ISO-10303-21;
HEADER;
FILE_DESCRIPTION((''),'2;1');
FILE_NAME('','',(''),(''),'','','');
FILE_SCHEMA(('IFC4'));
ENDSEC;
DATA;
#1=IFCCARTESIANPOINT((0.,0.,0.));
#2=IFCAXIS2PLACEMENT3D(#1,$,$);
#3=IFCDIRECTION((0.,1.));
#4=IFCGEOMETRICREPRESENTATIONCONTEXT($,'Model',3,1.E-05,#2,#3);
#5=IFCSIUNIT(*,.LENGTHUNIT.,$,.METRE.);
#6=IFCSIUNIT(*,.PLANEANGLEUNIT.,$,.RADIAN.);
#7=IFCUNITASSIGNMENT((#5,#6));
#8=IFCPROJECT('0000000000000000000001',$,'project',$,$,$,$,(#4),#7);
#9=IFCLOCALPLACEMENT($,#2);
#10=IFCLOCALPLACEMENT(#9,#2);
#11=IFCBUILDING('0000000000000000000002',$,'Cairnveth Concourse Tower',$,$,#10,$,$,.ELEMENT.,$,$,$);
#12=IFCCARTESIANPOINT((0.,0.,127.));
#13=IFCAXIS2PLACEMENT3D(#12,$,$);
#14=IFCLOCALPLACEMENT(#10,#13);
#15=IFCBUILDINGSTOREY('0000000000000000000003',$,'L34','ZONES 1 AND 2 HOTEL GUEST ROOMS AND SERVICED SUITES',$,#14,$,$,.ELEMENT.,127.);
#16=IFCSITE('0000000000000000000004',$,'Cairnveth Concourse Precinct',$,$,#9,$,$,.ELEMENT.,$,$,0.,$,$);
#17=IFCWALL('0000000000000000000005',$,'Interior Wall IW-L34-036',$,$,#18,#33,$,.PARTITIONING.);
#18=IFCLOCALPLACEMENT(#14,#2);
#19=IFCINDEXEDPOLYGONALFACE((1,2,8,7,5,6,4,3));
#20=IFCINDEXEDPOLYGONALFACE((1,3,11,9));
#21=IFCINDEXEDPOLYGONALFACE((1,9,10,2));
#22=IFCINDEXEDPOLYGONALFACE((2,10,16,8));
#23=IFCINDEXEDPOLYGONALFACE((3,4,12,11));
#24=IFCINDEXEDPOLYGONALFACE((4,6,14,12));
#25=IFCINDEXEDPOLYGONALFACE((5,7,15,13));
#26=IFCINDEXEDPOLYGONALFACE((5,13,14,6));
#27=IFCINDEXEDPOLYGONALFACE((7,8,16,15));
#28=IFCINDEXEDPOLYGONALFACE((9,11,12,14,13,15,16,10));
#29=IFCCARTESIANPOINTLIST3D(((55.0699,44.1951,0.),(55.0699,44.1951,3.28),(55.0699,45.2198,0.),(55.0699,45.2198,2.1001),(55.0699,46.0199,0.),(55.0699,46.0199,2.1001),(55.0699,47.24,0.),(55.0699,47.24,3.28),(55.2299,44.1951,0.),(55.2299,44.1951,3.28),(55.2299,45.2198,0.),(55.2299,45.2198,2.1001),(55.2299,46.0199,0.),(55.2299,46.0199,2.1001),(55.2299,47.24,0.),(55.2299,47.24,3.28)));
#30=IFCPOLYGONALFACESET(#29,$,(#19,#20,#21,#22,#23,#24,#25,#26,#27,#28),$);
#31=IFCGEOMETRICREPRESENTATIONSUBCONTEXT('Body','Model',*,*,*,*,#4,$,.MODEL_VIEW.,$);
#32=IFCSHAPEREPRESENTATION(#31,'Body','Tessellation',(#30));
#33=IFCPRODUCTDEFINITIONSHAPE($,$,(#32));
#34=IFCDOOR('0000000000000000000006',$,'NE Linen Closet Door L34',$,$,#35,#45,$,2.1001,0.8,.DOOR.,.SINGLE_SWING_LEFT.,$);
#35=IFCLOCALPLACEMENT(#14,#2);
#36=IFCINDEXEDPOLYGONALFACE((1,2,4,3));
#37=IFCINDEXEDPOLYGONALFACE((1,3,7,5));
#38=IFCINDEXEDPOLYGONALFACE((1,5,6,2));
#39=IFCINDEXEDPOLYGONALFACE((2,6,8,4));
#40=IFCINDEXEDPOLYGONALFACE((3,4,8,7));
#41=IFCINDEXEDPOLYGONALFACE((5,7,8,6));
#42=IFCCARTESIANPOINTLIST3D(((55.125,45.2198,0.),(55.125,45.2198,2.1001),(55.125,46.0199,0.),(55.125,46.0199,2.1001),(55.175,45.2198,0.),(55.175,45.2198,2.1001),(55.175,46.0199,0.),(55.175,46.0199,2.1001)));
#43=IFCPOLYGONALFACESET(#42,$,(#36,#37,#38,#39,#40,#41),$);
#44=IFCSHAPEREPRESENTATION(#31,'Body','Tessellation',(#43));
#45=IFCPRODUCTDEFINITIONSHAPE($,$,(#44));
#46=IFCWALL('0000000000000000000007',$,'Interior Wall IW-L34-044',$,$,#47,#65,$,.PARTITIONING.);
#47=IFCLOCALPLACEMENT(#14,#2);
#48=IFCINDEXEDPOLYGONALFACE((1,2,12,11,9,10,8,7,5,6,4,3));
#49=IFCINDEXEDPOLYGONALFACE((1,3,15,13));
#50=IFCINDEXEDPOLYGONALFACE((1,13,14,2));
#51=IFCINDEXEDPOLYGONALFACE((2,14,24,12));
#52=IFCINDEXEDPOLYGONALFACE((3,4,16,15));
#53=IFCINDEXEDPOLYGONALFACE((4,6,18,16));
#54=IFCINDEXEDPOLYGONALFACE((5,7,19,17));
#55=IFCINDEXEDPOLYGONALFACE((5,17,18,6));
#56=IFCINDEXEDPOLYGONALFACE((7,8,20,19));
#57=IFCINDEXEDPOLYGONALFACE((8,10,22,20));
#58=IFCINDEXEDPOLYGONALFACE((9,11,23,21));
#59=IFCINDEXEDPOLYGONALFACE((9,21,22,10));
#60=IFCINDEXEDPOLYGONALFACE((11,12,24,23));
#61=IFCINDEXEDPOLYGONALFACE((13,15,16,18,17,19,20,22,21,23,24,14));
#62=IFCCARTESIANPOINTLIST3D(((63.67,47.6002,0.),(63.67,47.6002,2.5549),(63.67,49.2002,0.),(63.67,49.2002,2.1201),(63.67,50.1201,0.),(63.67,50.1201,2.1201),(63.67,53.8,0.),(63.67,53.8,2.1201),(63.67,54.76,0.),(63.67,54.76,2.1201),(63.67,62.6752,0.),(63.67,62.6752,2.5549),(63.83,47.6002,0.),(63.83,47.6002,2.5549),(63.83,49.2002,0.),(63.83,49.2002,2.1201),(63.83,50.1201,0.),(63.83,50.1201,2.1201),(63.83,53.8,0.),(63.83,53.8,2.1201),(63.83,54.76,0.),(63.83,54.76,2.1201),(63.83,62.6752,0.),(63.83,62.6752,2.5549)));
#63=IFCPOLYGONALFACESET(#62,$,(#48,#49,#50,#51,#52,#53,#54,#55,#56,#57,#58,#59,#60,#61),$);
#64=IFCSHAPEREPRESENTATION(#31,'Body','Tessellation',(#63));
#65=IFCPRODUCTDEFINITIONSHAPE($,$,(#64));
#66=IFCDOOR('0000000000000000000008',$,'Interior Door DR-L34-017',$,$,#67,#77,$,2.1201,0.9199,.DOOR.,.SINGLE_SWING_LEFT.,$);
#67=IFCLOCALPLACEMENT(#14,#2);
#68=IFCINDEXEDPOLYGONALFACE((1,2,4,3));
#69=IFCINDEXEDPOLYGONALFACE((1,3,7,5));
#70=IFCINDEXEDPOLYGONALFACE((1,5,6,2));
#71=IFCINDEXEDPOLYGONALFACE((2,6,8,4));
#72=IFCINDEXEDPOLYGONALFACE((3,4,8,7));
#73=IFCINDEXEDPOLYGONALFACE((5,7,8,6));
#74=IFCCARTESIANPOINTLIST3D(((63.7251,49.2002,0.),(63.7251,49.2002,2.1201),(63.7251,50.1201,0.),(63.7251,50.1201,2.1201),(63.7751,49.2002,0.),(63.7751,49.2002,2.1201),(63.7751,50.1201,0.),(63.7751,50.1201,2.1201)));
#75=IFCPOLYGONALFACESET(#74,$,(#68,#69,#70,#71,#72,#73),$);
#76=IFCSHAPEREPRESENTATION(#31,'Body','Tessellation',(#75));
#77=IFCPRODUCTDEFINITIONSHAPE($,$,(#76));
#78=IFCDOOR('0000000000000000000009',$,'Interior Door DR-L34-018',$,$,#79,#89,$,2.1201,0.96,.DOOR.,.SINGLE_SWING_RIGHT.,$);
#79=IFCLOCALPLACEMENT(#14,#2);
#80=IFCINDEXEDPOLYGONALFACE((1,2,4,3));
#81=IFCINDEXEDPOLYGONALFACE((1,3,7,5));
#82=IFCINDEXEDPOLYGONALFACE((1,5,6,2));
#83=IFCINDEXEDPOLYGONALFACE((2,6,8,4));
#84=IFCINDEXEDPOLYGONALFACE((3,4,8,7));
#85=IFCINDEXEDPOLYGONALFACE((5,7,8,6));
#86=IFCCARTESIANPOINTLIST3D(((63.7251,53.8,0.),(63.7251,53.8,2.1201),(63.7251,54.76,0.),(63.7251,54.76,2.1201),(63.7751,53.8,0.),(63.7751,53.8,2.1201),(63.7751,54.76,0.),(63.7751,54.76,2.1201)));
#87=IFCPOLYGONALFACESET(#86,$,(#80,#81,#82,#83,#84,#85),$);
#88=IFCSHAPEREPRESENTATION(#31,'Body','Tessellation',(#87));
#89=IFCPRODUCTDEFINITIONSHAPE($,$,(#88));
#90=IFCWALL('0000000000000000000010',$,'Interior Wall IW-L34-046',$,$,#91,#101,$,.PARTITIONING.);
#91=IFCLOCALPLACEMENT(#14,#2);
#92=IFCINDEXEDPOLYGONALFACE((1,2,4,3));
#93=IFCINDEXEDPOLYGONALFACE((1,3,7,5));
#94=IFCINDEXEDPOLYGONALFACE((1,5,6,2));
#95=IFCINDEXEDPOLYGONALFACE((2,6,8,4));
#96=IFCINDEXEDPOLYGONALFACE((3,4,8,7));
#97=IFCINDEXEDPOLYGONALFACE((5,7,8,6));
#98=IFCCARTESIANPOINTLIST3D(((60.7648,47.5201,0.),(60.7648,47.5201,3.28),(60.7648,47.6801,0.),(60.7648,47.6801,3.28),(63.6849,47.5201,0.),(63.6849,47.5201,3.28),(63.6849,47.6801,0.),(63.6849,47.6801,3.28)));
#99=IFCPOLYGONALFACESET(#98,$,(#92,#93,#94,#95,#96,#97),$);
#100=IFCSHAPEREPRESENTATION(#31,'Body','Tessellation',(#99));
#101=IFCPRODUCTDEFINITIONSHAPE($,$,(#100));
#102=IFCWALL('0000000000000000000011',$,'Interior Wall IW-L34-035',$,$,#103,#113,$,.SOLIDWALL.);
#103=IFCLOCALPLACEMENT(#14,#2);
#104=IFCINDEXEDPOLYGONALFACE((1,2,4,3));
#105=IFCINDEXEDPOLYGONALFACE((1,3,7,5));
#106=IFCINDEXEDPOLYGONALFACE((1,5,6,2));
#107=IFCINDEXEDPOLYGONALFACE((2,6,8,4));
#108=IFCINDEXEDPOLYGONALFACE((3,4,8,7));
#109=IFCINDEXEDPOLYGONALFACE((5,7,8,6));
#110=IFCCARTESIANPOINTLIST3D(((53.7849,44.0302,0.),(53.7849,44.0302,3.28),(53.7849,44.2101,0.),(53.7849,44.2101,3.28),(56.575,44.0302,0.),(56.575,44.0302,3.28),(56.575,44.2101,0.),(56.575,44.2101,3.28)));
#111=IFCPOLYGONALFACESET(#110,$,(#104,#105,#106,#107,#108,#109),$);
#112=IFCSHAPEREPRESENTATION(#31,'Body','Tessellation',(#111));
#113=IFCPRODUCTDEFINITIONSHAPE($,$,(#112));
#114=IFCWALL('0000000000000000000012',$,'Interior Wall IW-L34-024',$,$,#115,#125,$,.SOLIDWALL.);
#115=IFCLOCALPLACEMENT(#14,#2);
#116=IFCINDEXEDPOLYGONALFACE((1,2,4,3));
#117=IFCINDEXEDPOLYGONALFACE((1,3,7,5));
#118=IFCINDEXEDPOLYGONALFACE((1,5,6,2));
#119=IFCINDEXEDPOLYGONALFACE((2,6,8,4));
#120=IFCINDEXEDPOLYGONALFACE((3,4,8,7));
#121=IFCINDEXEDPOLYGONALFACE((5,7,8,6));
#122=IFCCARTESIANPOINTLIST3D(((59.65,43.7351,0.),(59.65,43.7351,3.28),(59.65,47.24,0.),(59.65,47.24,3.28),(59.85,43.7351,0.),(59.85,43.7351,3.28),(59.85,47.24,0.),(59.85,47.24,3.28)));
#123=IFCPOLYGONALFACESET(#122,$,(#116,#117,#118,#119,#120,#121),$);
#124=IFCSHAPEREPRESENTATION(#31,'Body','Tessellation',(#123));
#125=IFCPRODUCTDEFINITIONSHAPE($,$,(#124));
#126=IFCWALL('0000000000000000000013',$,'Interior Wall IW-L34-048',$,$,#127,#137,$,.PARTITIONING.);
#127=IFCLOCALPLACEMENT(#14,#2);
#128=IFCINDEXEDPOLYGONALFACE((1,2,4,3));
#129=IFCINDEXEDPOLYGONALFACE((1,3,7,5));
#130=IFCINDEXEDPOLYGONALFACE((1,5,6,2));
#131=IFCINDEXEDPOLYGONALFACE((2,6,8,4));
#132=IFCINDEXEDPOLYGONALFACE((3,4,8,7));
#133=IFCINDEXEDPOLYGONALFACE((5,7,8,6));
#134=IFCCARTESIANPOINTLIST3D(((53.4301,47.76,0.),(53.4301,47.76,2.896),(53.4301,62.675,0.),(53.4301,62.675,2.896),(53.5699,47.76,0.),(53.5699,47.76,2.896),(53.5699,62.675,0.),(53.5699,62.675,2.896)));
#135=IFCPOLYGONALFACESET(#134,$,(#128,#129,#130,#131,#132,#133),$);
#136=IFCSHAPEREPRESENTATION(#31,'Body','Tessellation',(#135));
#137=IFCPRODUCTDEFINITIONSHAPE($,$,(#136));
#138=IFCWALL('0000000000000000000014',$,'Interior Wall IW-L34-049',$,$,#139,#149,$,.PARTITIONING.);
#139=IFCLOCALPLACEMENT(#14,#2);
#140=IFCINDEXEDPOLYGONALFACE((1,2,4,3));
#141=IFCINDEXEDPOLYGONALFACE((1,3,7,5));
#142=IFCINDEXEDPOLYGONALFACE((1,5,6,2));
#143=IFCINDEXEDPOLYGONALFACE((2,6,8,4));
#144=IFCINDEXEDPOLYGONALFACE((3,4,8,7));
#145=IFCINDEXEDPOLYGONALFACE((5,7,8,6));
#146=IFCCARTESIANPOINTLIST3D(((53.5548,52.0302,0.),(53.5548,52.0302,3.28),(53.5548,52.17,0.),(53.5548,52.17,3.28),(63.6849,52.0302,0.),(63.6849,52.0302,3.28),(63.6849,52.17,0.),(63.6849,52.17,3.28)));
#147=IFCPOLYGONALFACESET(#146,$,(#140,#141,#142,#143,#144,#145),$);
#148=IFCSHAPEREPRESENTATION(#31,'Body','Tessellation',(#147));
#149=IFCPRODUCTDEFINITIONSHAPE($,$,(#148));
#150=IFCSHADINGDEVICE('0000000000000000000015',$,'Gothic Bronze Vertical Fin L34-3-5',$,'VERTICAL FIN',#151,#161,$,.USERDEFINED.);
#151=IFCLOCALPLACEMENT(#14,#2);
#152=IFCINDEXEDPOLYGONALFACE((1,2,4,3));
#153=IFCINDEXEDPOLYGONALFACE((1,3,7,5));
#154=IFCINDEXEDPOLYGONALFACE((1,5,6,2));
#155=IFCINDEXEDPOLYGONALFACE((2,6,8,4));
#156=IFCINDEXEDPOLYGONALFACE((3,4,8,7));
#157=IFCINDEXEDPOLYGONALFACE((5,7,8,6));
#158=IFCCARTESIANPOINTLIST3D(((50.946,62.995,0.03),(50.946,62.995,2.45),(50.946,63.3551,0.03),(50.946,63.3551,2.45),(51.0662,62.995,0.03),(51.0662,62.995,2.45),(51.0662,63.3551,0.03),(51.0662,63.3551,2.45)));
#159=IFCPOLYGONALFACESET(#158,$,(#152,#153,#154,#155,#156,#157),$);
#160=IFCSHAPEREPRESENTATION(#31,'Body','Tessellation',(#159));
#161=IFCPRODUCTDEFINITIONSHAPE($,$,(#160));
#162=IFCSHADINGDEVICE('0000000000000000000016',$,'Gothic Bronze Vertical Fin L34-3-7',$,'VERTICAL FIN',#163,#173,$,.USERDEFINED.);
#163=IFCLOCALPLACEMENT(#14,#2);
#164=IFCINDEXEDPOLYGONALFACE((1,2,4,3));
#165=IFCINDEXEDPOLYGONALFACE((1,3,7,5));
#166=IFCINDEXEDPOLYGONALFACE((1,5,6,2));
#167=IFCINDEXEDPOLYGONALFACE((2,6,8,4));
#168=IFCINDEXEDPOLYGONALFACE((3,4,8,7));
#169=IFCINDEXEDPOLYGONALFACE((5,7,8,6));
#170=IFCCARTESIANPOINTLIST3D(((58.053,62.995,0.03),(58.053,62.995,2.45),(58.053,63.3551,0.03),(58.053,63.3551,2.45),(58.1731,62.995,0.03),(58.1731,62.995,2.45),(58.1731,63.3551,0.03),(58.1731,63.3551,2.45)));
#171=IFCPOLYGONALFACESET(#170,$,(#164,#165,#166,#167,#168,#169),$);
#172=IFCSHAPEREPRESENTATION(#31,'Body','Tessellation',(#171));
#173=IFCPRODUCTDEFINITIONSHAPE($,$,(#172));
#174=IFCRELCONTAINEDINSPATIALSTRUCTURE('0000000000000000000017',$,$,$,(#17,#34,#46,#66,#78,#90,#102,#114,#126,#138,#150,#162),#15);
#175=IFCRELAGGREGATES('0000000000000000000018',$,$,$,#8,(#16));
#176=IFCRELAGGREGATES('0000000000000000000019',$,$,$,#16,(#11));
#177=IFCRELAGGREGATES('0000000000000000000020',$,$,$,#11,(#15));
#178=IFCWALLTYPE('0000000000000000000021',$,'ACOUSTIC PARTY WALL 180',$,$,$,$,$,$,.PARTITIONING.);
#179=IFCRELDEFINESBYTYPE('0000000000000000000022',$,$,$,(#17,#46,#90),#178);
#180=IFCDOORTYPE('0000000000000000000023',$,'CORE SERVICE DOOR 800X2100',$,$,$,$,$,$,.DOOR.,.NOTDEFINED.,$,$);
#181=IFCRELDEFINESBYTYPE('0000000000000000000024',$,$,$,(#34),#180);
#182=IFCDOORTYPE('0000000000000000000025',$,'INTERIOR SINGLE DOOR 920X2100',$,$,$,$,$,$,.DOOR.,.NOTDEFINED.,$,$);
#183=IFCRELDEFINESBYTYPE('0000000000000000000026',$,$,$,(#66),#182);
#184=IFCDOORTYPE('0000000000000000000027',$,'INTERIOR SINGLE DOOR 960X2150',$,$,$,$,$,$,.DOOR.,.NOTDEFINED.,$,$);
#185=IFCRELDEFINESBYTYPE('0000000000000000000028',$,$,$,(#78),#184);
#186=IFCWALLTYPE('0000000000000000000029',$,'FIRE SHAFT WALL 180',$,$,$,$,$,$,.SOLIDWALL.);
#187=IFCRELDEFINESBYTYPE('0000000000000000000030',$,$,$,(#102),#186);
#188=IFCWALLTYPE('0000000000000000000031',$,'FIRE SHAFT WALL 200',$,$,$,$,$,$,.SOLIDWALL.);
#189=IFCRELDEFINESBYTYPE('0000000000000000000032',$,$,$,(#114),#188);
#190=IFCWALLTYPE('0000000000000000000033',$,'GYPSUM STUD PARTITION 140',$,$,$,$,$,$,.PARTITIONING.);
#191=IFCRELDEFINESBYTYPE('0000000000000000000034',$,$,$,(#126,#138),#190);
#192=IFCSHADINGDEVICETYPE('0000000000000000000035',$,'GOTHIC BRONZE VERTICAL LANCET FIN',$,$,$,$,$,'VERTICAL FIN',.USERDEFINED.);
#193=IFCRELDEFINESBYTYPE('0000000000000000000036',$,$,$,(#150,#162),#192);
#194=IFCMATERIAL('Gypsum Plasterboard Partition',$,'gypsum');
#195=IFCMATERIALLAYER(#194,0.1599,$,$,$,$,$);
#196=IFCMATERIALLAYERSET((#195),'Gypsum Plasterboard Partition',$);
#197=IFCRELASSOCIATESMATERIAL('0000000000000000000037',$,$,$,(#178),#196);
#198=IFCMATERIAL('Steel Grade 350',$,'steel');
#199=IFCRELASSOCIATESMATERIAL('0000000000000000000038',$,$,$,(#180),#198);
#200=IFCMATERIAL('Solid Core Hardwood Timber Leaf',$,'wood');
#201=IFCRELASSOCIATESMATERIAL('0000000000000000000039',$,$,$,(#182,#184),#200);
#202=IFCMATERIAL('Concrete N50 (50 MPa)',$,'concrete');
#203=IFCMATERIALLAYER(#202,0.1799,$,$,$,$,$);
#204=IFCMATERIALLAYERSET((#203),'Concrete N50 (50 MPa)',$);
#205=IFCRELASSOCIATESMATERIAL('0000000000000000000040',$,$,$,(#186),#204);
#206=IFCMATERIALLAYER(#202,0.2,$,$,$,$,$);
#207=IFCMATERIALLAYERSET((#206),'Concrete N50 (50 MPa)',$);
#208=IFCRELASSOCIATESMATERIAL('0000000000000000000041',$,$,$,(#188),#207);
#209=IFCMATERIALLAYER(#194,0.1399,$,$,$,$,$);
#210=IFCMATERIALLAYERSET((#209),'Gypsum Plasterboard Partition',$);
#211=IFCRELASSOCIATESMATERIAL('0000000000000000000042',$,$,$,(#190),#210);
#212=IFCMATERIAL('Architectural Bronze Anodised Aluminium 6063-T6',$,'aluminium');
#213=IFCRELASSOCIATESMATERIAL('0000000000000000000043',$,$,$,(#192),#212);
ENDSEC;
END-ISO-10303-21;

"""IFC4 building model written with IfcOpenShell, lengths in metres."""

from ifc_helpers import new_model, si_unit, direction, frame, frame_2d, origin, origin_2d, place, context, subcontext, project, spatial, rectangle, extrude, material, layer, layer_set, type_object, element, fill, save


model = new_model("IFC4")

# Units and contexts
model_context = context("Model", 3, precision=1e-05, world=origin(), true_north=direction((0.0, 1.0)))
body_context = subcontext(model_context, "Body", "Model", "MODEL_VIEW")
ifc_project = project(units=[si_unit("LENGTHUNIT", "METRE"), si_unit("PLANEANGLEUNIT", "RADIAN")], contexts=[model_context])

# Site, building, storey
site_placement = place(None, origin())
site = spatial("IfcSite", under=ifc_project, at=site_placement, Name="Cairnveth Concourse Precinct", CompositionType="ELEMENT", RefElevation=0.0)
building_placement = place(site_placement, origin())
building = spatial("IfcBuilding", under=site, at=building_placement, Name="Cairnveth Concourse Tower", CompositionType="ELEMENT")
storey_placement = place(building_placement, frame((0.0, 0.0, 127.0)))
storey = spatial("IfcBuildingStorey", under=building, at=storey_placement, Name="L34", Description="ZONES 1 AND 2 HOTEL GUEST ROOMS AND SERVICED SUITES", CompositionType="ELEMENT", Elevation=127.0)

# Shared definitions
ifc_material_1 = material(Name="Steel Grade 350", Category="steel")

# Wall, opening, door
ifc_material_2 = material(Name="Gypsum Plasterboard Partition", Category="gypsum")
ifc_layer_1 = layer(ifc_material_2, 0.1599)
ifc_layer_set_1 = layer_set([ifc_layer_1], Name="Gypsum Plasterboard Partition")
wall_type_1 = type_object("IfcWallType", Name="ACOUSTIC PARTY WALL 180", PredefinedType="PARTITIONING", material=ifc_layer_set_1)
wall_1_placement = place(storey_placement, frame((55.1499, 44.1951, 0.0), z_axis=(0.0, 0.0, 1.0), x_axis=(0.0, 1.0, 0.0)))
wall_1 = element("IfcWall", 1, at=wall_1_placement, inside=storey, type_object=wall_type_1, Name="Interior Wall IW-L34-036", PredefinedType="PARTITIONING", context=body_context, shape_type="SweptSolid", body=[
    extrude(rectangle(XDim=3.0449, YDim=0.1599, at=frame_2d((1.5225, 0.0))), origin(), (0.0, 0.0, 1.0), 3.28),
])
opening_1_placement = place(wall_1_placement, frame((1.0249, 0.0, 0.0)))
opening_1 = element("IfcOpeningElement", 2, at=opening_1_placement, cuts=wall_1, PredefinedType="OPENING", context=body_context, shape_type="SweptSolid", body=[
    extrude(rectangle(XDim=0.8, YDim=2.1001, at=frame_2d((0.3999, 1.05))), frame((0.0, 0.0898, 0.0), z_axis=(0.0, -1.0, 0.0), x_axis=(1.0, 0.0, 0.0)), (0.0, 0.0, 1.0), 0.1799),
])
door_type_1 = type_object("IfcDoorType", Name="CORE SERVICE DOOR 800X2100", OperationType="NOTDEFINED", PredefinedType="DOOR", material=ifc_material_1)
door_1_placement = place(opening_1_placement, origin())
door_1 = element("IfcDoor", 3, at=door_1_placement, inside=storey, type_object=door_type_1, Name="NE Linen Closet Door L34", OperationType="SINGLE_SWING_LEFT", OverallHeight=2.1001, OverallWidth=0.8, PredefinedType="DOOR", context=body_context, shape_type="SweptSolid", body=[
    extrude(rectangle(XDim=0.8, YDim=2.1001, at=frame_2d((0.3999, 1.05))), frame((0.0, 0.0249, 0.0), z_axis=(0.0, -1.0, 0.0), x_axis=(1.0, 0.0, 0.0)), (0.0, 0.0, 1.0), 0.05),
])
fill(opening_1, door_1)

# Wall, openings, doors
wall_2_placement = place(storey_placement, frame((63.75, 47.6001, 0.0), z_axis=(0.0, 0.0, 1.0), x_axis=(0.0, 1.0, 0.0)))
wall_2 = element("IfcWall", 4, at=wall_2_placement, inside=storey, type_object=wall_type_1, Name="Interior Wall IW-L34-044", PredefinedType="PARTITIONING", context=body_context, shape_type="SweptSolid", body=[
    extrude(rectangle(XDim=15.075, YDim=0.1599, at=frame_2d((7.5376, 0.0))), origin(), (0.0, 0.0, 1.0), 2.5549),
])
opening_2_placement = place(wall_2_placement, frame((1.6001, 0.0, 0.0)))
opening_2 = element("IfcOpeningElement", 5, at=opening_2_placement, cuts=wall_2, PredefinedType="OPENING", context=body_context, shape_type="SweptSolid", body=[
    extrude(rectangle(XDim=0.9199, YDim=2.1201, at=frame_2d((0.46, 1.0601))), frame((0.0, 0.0898, 0.0), z_axis=(0.0, -1.0, 0.0), x_axis=(1.0, 0.0, 0.0)), (0.0, 0.0, 1.0), 0.1799),
])
opening_3_placement = place(wall_2_placement, frame((6.2, 0.0, 0.0)))
opening_3 = element("IfcOpeningElement", 6, at=opening_3_placement, cuts=wall_2, PredefinedType="OPENING", context=body_context, shape_type="SweptSolid", body=[
    extrude(rectangle(XDim=0.96, YDim=2.1201, at=frame_2d((0.48, 1.0601))), frame((0.0, 0.0898, 0.0), z_axis=(0.0, -1.0, 0.0), x_axis=(1.0, 0.0, 0.0)), (0.0, 0.0, 1.0), 0.1799),
])
ifc_material_3 = material(Name="Solid Core Hardwood Timber Leaf", Category="wood")
door_type_2 = type_object("IfcDoorType", Name="INTERIOR SINGLE DOOR 920X2100", OperationType="NOTDEFINED", PredefinedType="DOOR", material=ifc_material_3)
door_2_placement = place(opening_2_placement, origin())
door_2 = element("IfcDoor", 7, at=door_2_placement, inside=storey, type_object=door_type_2, Name="Interior Door DR-L34-017", OperationType="SINGLE_SWING_LEFT", OverallHeight=2.1201, OverallWidth=0.9199, PredefinedType="DOOR", context=body_context, shape_type="SweptSolid", body=[
    extrude(rectangle(XDim=0.9199, YDim=2.1201, at=frame_2d((0.46, 1.0601))), frame((0.0, 0.0249, 0.0), z_axis=(0.0, -1.0, 0.0), x_axis=(1.0, 0.0, 0.0)), (0.0, 0.0, 1.0), 0.05),
])
fill(opening_2, door_2)
door_type_3 = type_object("IfcDoorType", Name="INTERIOR SINGLE DOOR 960X2150", OperationType="NOTDEFINED", PredefinedType="DOOR", material=ifc_material_3)
door_3_placement = place(opening_3_placement, origin())
door_3 = element("IfcDoor", 8, at=door_3_placement, inside=storey, type_object=door_type_3, Name="Interior Door DR-L34-018", OperationType="SINGLE_SWING_RIGHT", OverallHeight=2.1201, OverallWidth=0.96, PredefinedType="DOOR", context=body_context, shape_type="SweptSolid", body=[
    extrude(rectangle(XDim=0.96, YDim=2.1201, at=frame_2d((0.48, 1.0601))), frame((0.0, 0.0249, 0.0), z_axis=(0.0, -1.0, 0.0), x_axis=(1.0, 0.0, 0.0)), (0.0, 0.0, 1.0), 0.05),
])
fill(opening_3, door_3)

# Walls
wall_3_placement = place(storey_placement, frame((60.7649, 47.6001, 0.0), z_axis=(0.0, 0.0, 1.0), x_axis=(1.0, 0.0, 0.0)))
element("IfcWall", 9, at=wall_3_placement, inside=storey, type_object=wall_type_1, Name="Interior Wall IW-L34-046", PredefinedType="PARTITIONING", context=body_context, shape_type="SweptSolid", body=[
    extrude(rectangle(XDim=2.9202, YDim=0.1599, at=frame_2d((1.46, 0.0))), origin(), (0.0, 0.0, 1.0), 3.28),
])
ifc_material_4 = material(Name="Concrete N50 (50 MPa)", Category="concrete")
ifc_layer_2 = layer(ifc_material_4, 0.1799)
ifc_layer_set_2 = layer_set([ifc_layer_2], Name="Concrete N50 (50 MPa)")
wall_type_2 = type_object("IfcWallType", Name="FIRE SHAFT WALL 180", PredefinedType="SOLIDWALL", material=ifc_layer_set_2)
wall_4_placement = place(storey_placement, frame((53.7849, 44.1201, 0.0), z_axis=(0.0, 0.0, 1.0), x_axis=(1.0, 0.0, 0.0)))
element("IfcWall", 10, at=wall_4_placement, inside=storey, type_object=wall_type_2, Name="Interior Wall IW-L34-035", PredefinedType="SOLIDWALL", context=body_context, shape_type="SweptSolid", body=[
    extrude(rectangle(XDim=2.79, YDim=0.1799, at=frame_2d((1.395, 0.0))), origin(), (0.0, 0.0, 1.0), 3.28),
])
ifc_layer_3 = layer(ifc_material_4, 0.2)
ifc_layer_set_3 = layer_set([ifc_layer_3], Name="Concrete N50 (50 MPa)")
wall_type_3 = type_object("IfcWallType", Name="FIRE SHAFT WALL 200", PredefinedType="SOLIDWALL", material=ifc_layer_set_3)
wall_5_placement = place(storey_placement, frame((59.75, 43.7351, 0.0), z_axis=(0.0, 0.0, 1.0), x_axis=(0.0, 1.0, 0.0)))
element("IfcWall", 11, at=wall_5_placement, inside=storey, type_object=wall_type_3, Name="Interior Wall IW-L34-024", PredefinedType="SOLIDWALL", context=body_context, shape_type="SweptSolid", body=[
    extrude(rectangle(XDim=3.5049, YDim=0.2, at=frame_2d((1.7524, 0.0))), origin(), (0.0, 0.0, 1.0), 3.28),
])
ifc_layer_4 = layer(ifc_material_2, 0.1399)
ifc_layer_set_4 = layer_set([ifc_layer_4], Name="Gypsum Plasterboard Partition")
wall_type_4 = type_object("IfcWallType", Name="GYPSUM STUD PARTITION 140", PredefinedType="PARTITIONING", material=ifc_layer_set_4)
wall_6_placement = place(storey_placement, frame((53.5, 47.76, 0.0), z_axis=(0.0, 0.0, 1.0), x_axis=(0.0, 1.0, 0.0)))
element("IfcWall", 12, at=wall_6_placement, inside=storey, type_object=wall_type_4, Name="Interior Wall IW-L34-048", PredefinedType="PARTITIONING", context=body_context, shape_type="SweptSolid", body=[
    extrude(rectangle(XDim=14.915, YDim=0.1399, at=frame_2d((7.4575, 0.0))), origin(), (0.0, 0.0, 1.0), 2.896),
])
wall_7_placement = place(storey_placement, frame((53.5549, 52.1001, 0.0), z_axis=(0.0, 0.0, 1.0), x_axis=(1.0, 0.0, 0.0)))
element("IfcWall", 13, at=wall_7_placement, inside=storey, type_object=wall_type_4, Name="Interior Wall IW-L34-049", PredefinedType="PARTITIONING", context=body_context, shape_type="SweptSolid", body=[
    extrude(rectangle(XDim=10.1301, YDim=0.1399, at=frame_2d((5.0649, 0.0))), origin(), (0.0, 0.0, 1.0), 3.28),
])

# Shading devices
ifc_material_5 = material(Name="Architectural Bronze Anodised Aluminium 6063-T6", Category="aluminium")
shading_device_type = type_object("IfcShadingDeviceType", Name="GOTHIC BRONZE VERTICAL LANCET FIN", ElementType="VERTICAL FIN", PredefinedType="USERDEFINED", material=ifc_material_5)
for number, where, z_axis, x_axis, name in (
    (14, (51.0061, 63.175, 0.03), (0.0, 0.0, 1.0), (1.0, 0.0, 0.0), "Gothic Bronze Vertical Fin L34-3-5"),
    (15, (58.113, 63.175, 0.03), (0.0, 0.0, 1.0), (1.0, 0.0, 0.0), "Gothic Bronze Vertical Fin L34-3-7"),
):
    element("IfcShadingDevice", number, at=place(storey_placement, frame(where, z_axis=z_axis, x_axis=x_axis)), inside=storey, type_object=shading_device_type, Name=name, ObjectType="VERTICAL FIN", PredefinedType="USERDEFINED", context=body_context, shape_type="SweptSolid", body=[
        extrude(rectangle(XDim=0.1201, YDim=0.3601, at=origin_2d()), origin(), (0.0, 0.0, 1.0), 2.4199),
    ])

save(model, "model.ifc")
